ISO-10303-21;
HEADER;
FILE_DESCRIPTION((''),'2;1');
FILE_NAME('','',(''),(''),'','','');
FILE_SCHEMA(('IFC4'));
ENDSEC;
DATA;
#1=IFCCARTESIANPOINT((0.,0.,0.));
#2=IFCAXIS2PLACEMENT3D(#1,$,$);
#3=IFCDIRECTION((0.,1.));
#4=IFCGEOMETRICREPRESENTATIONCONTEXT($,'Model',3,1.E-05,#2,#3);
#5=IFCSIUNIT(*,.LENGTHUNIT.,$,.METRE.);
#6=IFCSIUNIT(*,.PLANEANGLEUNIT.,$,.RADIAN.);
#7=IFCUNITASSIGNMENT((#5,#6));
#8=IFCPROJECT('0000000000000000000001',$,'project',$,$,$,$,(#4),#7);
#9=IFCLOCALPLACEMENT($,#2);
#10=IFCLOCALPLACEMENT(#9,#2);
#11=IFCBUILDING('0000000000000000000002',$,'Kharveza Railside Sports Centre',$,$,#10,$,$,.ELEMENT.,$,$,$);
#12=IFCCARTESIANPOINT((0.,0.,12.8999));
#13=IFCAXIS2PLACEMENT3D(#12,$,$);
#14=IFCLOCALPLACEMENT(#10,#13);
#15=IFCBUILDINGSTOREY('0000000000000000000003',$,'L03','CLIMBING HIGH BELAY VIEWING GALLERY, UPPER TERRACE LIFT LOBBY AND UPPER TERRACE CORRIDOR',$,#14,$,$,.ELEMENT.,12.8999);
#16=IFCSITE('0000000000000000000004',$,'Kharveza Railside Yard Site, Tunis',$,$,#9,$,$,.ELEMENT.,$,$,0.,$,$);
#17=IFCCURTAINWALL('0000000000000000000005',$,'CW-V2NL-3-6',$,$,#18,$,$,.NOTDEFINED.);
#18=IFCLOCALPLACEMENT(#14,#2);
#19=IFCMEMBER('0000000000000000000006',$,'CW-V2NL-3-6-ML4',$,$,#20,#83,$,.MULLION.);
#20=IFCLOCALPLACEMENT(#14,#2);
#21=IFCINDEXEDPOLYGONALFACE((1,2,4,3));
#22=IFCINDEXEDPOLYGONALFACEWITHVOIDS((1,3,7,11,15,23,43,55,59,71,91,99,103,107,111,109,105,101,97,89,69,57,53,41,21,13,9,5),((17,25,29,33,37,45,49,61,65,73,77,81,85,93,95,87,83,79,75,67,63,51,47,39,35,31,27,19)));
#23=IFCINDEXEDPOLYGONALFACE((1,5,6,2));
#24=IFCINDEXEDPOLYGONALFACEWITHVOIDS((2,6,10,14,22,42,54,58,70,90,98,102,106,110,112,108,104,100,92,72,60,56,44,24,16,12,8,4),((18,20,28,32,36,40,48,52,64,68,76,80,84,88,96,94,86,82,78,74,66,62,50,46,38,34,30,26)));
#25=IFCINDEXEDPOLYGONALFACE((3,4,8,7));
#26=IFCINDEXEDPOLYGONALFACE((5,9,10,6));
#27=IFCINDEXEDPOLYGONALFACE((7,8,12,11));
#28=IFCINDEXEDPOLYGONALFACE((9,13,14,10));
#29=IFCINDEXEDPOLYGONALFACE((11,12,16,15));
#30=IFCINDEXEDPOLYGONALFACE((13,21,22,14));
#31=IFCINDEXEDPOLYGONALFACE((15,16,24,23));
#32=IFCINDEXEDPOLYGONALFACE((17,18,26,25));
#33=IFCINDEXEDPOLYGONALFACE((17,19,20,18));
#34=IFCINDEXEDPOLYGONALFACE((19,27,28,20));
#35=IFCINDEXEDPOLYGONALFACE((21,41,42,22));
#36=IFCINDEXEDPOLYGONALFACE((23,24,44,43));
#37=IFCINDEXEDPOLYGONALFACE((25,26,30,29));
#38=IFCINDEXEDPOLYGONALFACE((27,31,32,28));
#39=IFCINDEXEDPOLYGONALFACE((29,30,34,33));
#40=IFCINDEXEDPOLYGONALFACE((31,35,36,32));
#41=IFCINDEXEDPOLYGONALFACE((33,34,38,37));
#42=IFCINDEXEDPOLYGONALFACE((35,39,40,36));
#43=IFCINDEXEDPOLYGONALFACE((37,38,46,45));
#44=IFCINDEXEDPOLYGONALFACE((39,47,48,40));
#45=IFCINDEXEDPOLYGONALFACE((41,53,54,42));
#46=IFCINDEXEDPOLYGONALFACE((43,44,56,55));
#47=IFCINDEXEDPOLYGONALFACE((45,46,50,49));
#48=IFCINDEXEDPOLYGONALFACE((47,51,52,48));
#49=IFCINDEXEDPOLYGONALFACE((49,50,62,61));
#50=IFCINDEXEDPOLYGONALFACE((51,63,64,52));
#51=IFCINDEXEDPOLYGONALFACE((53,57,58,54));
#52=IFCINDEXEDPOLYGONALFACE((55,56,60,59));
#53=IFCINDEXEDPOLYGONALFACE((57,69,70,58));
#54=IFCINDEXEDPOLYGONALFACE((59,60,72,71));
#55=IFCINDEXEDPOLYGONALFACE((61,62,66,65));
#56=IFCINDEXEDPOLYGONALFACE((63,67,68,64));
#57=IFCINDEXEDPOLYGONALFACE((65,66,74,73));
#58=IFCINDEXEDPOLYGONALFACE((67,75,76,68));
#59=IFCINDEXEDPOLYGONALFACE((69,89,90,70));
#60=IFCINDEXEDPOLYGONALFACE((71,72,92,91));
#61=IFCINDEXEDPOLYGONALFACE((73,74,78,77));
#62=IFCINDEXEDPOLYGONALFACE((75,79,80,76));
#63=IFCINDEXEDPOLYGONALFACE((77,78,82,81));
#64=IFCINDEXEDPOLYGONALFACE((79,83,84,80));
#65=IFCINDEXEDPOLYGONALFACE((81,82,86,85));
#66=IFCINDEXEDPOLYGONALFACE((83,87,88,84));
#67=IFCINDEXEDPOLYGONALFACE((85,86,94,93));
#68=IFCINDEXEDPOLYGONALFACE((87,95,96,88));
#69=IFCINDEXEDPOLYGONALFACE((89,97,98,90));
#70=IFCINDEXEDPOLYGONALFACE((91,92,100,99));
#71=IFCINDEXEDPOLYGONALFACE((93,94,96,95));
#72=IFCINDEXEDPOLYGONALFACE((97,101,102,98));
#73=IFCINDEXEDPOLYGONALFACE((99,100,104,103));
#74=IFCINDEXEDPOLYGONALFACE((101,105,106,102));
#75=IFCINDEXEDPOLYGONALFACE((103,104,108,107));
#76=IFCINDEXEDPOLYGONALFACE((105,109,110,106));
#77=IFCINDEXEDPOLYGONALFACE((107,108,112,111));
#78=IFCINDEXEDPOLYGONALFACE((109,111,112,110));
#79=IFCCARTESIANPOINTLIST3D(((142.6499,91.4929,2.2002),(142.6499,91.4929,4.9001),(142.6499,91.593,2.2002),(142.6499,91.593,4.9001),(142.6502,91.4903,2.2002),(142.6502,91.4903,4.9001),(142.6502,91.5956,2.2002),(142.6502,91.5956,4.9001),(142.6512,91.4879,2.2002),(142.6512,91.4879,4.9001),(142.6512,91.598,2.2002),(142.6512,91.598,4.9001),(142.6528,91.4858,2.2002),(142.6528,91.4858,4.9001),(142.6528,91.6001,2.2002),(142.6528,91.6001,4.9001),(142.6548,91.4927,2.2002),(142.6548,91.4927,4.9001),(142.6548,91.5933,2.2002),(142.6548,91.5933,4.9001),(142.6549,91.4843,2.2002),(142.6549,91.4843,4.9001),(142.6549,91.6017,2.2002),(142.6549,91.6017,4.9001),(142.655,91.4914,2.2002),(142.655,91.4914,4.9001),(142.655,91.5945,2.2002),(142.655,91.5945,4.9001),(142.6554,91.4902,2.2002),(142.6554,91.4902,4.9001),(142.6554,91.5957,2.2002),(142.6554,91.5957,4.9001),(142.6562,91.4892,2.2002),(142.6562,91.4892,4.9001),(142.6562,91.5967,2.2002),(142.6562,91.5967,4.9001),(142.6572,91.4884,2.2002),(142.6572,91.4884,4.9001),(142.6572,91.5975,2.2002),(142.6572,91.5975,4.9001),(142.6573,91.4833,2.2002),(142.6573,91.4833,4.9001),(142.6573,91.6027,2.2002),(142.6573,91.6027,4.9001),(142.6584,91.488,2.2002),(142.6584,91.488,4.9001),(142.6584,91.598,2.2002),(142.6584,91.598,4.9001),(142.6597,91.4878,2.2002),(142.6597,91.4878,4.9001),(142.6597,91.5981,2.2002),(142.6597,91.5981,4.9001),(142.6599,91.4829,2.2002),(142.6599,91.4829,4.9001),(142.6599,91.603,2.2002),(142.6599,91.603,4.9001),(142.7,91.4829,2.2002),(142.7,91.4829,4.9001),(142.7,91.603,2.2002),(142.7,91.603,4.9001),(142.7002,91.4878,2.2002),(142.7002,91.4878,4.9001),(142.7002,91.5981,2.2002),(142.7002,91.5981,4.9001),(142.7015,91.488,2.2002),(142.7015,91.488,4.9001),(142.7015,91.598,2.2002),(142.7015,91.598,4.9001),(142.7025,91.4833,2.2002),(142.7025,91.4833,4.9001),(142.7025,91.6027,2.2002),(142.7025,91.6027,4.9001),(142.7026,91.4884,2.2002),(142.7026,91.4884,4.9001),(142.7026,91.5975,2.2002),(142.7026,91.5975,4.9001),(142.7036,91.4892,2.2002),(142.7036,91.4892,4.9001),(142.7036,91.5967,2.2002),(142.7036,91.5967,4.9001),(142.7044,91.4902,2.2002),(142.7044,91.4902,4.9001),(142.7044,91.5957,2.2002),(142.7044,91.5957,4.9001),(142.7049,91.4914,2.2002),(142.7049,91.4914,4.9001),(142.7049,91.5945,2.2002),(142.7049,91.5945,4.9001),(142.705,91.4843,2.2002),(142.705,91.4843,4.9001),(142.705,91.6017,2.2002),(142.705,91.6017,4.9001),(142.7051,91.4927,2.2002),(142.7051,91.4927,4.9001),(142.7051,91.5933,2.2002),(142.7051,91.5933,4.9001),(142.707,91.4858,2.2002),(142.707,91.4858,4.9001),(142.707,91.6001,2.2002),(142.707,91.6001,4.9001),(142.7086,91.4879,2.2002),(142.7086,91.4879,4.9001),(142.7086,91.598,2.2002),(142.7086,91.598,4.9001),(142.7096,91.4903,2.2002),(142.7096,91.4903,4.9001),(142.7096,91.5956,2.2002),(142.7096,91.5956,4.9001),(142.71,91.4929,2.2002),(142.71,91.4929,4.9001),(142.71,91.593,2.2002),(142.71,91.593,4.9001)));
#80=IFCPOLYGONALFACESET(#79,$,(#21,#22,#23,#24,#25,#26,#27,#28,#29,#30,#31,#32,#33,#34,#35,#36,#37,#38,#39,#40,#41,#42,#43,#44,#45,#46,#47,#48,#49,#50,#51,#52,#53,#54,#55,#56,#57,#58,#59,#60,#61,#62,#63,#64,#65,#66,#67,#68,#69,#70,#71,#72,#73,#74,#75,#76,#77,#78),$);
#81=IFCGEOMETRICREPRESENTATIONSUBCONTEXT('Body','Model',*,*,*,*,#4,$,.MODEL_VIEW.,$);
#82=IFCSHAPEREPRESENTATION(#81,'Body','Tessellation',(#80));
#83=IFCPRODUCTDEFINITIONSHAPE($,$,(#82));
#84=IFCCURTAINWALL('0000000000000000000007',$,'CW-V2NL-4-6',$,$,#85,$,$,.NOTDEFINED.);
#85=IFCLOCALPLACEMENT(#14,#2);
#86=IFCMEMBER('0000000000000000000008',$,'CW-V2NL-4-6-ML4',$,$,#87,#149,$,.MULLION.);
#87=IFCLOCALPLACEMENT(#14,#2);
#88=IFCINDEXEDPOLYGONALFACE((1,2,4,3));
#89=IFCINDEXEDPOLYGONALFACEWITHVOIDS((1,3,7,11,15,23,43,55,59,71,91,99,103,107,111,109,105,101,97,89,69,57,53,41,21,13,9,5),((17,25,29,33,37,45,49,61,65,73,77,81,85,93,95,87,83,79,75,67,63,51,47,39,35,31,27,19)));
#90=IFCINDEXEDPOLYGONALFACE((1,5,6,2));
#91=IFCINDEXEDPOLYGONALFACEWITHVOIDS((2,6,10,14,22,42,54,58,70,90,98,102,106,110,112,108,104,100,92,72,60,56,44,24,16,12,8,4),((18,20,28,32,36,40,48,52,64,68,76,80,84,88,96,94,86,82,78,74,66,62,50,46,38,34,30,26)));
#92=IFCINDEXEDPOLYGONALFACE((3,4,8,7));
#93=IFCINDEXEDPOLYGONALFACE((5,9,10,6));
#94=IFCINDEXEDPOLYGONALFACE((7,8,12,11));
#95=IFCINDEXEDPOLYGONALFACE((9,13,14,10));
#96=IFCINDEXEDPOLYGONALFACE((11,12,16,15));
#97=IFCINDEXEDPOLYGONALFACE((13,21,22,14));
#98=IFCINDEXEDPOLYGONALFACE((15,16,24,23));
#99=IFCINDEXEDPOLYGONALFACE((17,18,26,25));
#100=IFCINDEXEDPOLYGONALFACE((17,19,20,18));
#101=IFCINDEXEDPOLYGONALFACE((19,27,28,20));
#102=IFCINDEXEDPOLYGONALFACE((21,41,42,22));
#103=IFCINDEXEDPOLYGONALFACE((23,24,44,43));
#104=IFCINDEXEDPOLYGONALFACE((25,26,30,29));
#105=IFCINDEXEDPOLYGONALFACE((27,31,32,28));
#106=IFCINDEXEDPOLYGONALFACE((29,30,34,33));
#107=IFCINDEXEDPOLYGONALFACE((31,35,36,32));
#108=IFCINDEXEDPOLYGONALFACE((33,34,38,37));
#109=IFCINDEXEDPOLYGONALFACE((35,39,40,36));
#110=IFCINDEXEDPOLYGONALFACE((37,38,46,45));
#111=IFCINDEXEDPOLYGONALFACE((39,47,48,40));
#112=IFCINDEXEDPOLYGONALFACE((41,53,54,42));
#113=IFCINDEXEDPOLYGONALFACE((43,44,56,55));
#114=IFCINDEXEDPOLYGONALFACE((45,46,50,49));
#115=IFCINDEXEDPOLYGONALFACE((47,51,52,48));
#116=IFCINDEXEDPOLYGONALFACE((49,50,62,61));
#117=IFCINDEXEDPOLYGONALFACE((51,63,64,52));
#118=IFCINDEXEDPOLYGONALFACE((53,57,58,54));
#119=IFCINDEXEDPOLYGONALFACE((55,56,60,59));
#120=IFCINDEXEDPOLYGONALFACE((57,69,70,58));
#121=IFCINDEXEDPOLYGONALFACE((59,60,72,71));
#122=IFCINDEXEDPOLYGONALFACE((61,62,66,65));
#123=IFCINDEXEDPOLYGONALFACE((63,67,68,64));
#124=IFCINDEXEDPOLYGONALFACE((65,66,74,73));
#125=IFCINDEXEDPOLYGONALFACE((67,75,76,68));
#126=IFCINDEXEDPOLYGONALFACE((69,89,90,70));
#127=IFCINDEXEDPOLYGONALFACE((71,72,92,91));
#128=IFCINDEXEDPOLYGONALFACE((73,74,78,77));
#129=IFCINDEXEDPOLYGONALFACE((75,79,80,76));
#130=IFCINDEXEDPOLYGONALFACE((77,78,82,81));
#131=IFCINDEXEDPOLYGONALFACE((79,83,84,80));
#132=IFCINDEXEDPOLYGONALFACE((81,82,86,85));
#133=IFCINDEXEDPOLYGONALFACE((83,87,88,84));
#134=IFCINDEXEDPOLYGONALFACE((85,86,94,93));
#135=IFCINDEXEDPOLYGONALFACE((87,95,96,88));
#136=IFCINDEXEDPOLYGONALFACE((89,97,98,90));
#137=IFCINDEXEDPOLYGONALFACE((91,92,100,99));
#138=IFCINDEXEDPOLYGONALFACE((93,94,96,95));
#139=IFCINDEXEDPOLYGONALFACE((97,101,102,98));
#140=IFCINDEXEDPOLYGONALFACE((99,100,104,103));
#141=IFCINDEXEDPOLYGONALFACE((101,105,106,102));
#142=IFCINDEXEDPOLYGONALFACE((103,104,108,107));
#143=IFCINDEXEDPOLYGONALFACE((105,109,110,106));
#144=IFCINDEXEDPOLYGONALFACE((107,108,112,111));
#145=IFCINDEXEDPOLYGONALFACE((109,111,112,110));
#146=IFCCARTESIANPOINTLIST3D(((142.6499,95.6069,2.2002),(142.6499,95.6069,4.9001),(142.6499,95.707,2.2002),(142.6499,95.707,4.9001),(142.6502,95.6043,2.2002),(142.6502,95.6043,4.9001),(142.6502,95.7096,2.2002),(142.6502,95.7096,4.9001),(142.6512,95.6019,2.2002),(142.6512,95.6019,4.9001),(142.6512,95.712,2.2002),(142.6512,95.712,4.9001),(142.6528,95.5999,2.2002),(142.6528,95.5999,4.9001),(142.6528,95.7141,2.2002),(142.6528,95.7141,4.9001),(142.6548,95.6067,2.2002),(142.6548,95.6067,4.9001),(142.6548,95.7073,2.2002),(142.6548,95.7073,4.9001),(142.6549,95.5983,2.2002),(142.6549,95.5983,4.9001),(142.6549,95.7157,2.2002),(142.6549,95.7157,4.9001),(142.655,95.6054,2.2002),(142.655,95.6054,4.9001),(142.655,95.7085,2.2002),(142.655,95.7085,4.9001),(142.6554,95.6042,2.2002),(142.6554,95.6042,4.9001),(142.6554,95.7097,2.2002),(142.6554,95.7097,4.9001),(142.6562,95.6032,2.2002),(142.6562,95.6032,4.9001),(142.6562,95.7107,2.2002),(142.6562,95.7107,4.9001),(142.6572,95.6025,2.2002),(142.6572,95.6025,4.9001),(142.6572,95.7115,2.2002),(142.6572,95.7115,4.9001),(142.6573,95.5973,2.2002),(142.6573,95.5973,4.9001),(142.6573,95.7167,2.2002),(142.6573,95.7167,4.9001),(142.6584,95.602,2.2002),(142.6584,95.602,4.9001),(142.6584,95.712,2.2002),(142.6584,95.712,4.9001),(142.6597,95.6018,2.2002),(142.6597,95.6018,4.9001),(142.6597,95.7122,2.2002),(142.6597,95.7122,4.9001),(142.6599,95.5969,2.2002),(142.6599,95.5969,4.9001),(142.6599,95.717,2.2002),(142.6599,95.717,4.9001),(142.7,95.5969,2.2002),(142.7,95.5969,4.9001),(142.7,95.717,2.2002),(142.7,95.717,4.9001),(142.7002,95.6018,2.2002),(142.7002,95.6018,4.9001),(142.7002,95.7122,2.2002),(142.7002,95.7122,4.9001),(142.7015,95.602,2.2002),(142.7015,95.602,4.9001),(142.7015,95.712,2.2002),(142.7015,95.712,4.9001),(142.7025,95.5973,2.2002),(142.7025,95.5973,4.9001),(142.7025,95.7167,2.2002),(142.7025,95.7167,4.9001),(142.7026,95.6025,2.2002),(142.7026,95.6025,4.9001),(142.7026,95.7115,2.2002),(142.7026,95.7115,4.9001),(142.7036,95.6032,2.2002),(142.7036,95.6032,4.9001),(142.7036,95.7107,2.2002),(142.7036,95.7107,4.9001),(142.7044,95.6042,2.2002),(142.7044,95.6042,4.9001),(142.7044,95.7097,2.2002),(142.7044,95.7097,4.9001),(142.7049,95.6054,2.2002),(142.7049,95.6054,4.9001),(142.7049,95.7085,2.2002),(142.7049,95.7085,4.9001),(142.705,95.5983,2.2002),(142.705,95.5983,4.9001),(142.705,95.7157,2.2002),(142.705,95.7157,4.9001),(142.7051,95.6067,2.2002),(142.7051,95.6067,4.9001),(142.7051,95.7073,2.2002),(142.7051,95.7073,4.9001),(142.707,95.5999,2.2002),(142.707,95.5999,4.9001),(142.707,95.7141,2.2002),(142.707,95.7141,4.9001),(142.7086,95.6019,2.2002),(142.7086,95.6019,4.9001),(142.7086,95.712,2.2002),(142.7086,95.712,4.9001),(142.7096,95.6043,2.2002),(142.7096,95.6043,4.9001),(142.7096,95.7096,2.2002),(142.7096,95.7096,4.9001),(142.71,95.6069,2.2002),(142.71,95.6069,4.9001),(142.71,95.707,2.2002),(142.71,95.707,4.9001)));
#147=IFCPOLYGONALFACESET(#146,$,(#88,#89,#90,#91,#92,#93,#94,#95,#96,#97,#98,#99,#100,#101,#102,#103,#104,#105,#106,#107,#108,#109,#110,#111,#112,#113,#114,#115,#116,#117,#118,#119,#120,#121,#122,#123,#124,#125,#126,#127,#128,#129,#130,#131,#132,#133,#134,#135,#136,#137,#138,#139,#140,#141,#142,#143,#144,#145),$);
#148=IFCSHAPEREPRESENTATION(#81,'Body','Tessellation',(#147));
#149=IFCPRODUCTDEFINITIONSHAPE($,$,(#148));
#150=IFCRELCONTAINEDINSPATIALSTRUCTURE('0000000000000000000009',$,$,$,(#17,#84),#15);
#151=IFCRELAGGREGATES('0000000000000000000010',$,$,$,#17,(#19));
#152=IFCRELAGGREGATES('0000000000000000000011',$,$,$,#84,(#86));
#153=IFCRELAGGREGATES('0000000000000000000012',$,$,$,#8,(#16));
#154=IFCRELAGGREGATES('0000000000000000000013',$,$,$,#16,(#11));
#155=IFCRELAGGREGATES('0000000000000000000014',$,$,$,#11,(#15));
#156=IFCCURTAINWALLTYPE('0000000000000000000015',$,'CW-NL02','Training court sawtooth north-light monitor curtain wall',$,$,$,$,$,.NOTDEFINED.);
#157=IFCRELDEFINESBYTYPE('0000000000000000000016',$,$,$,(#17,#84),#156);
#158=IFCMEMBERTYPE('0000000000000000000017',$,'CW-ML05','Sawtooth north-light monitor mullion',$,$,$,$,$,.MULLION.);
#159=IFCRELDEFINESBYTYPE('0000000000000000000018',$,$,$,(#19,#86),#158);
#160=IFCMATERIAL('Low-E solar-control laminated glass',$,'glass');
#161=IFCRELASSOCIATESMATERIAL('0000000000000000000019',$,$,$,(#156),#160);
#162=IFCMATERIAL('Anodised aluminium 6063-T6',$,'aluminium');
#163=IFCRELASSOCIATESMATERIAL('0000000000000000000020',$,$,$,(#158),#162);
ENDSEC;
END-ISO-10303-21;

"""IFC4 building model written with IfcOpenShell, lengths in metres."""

from ifc_helpers import new_model, si_unit, direction, frame, origin, origin_2d, place, context, subcontext, project, spatial, hollow_rectangle, extrude, material, material_profile, profile_set, type_object, element, aggregate, save


model = new_model("IFC4")

# Units and contexts
model_context = context("Model", 3, precision=1e-05, world=origin(), true_north=direction((0.0, 1.0)))
body_context = subcontext(model_context, "Body", "Model", "MODEL_VIEW")
ifc_project = project(units=[si_unit("LENGTHUNIT", "METRE"), si_unit("PLANEANGLEUNIT", "RADIAN")], contexts=[model_context])

# Site, building, storey
site_placement = place(None, origin())
site = spatial("IfcSite", under=ifc_project, at=site_placement, Name="Kharveza Railside Yard Site, Tunis", CompositionType="ELEMENT", RefElevation=0.0)
building_placement = place(site_placement, origin())
building = spatial("IfcBuilding", under=site, at=building_placement, Name="Kharveza Railside Sports Centre", CompositionType="ELEMENT")
storey_placement = place(building_placement, frame((0.0, 0.0, 12.8999)))
storey = spatial("IfcBuildingStorey", under=building, at=storey_placement, Name="L03", Description="CLIMBING HIGH BELAY VIEWING GALLERY, UPPER TERRACE LIFT LOBBY AND UPPER TERRACE CORRIDOR", CompositionType="ELEMENT", Elevation=12.8999)

# Curtain walls, members
ifc_material_1 = material(Name="Low-E solar-control laminated glass", Category="glass")
ifc_material_2 = material(Name="Anodised aluminium 6063-T6", Category="aluminium")
curtain_wall_type_1 = type_object("IfcCurtainWallType", Name="CW-NL02", Description="Training court sawtooth north-light monitor curtain wall", PredefinedType="NOTDEFINED", material=ifc_material_1)
ifc_material_profile_1 = material_profile(ifc_material_2, hollow_rectangle(XDim=0.0601, YDim=0.1201, WallThickness=0.0049, InnerFilletRadius=0.0049, OuterFilletRadius=0.01, at=origin_2d()), Name="RHS 60x120x5.0")
ifc_profile_set_1 = profile_set([ifc_material_profile_1], Name="Anodised aluminium 6063-T6")
member_type_1 = type_object("IfcMemberType", Name="CW-ML05", Description="Sawtooth north-light monitor mullion", PredefinedType="MULLION", material=ifc_profile_set_1)
curtain_wall_1_placement = place(storey_placement, origin())
curtain_wall_1 = element("IfcCurtainWall", 1, at=curtain_wall_1_placement, inside=storey, type_object=curtain_wall_type_1, Name="CW-V2NL-3-6", PredefinedType="NOTDEFINED")
member_1_placement = place(storey_placement, frame((142.6799, 91.543, 2.2002), z_axis=(0.0, 0.0, 1.0), x_axis=(1.0, 0.0, 0.0)))
member_1 = element("IfcMember", 2, at=member_1_placement, type_object=member_type_1, Name="CW-V2NL-3-6-ML4", PredefinedType="MULLION", context=body_context, shape_type="SweptSolid", body=[
    extrude(hollow_rectangle(XDim=0.0601, YDim=0.1201, WallThickness=0.0049, InnerFilletRadius=0.0049, OuterFilletRadius=0.01, at=origin_2d()), origin(), (0.0, 0.0, 1.0), 2.7),
])
aggregate(curtain_wall_1, [member_1])
curtain_wall_2_placement = place(storey_placement, origin())
curtain_wall_2 = element("IfcCurtainWall", 3, at=curtain_wall_2_placement, inside=storey, type_object=curtain_wall_type_1, Name="CW-V2NL-4-6", PredefinedType="NOTDEFINED")
member_2_placement = place(storey_placement, frame((142.6799, 95.657, 2.2002), z_axis=(0.0, 0.0, 1.0), x_axis=(1.0, 0.0, 0.0)))
member_2 = element("IfcMember", 4, at=member_2_placement, type_object=member_type_1, Name="CW-V2NL-4-6-ML4", PredefinedType="MULLION", context=body_context, shape_type="SweptSolid", body=[
    extrude(hollow_rectangle(XDim=0.0601, YDim=0.1201, WallThickness=0.0049, InnerFilletRadius=0.0049, OuterFilletRadius=0.01, at=origin_2d()), origin(), (0.0, 0.0, 1.0), 2.7),
])

aggregate(curtain_wall_2, [member_2])

save(model, "model.ifc")
